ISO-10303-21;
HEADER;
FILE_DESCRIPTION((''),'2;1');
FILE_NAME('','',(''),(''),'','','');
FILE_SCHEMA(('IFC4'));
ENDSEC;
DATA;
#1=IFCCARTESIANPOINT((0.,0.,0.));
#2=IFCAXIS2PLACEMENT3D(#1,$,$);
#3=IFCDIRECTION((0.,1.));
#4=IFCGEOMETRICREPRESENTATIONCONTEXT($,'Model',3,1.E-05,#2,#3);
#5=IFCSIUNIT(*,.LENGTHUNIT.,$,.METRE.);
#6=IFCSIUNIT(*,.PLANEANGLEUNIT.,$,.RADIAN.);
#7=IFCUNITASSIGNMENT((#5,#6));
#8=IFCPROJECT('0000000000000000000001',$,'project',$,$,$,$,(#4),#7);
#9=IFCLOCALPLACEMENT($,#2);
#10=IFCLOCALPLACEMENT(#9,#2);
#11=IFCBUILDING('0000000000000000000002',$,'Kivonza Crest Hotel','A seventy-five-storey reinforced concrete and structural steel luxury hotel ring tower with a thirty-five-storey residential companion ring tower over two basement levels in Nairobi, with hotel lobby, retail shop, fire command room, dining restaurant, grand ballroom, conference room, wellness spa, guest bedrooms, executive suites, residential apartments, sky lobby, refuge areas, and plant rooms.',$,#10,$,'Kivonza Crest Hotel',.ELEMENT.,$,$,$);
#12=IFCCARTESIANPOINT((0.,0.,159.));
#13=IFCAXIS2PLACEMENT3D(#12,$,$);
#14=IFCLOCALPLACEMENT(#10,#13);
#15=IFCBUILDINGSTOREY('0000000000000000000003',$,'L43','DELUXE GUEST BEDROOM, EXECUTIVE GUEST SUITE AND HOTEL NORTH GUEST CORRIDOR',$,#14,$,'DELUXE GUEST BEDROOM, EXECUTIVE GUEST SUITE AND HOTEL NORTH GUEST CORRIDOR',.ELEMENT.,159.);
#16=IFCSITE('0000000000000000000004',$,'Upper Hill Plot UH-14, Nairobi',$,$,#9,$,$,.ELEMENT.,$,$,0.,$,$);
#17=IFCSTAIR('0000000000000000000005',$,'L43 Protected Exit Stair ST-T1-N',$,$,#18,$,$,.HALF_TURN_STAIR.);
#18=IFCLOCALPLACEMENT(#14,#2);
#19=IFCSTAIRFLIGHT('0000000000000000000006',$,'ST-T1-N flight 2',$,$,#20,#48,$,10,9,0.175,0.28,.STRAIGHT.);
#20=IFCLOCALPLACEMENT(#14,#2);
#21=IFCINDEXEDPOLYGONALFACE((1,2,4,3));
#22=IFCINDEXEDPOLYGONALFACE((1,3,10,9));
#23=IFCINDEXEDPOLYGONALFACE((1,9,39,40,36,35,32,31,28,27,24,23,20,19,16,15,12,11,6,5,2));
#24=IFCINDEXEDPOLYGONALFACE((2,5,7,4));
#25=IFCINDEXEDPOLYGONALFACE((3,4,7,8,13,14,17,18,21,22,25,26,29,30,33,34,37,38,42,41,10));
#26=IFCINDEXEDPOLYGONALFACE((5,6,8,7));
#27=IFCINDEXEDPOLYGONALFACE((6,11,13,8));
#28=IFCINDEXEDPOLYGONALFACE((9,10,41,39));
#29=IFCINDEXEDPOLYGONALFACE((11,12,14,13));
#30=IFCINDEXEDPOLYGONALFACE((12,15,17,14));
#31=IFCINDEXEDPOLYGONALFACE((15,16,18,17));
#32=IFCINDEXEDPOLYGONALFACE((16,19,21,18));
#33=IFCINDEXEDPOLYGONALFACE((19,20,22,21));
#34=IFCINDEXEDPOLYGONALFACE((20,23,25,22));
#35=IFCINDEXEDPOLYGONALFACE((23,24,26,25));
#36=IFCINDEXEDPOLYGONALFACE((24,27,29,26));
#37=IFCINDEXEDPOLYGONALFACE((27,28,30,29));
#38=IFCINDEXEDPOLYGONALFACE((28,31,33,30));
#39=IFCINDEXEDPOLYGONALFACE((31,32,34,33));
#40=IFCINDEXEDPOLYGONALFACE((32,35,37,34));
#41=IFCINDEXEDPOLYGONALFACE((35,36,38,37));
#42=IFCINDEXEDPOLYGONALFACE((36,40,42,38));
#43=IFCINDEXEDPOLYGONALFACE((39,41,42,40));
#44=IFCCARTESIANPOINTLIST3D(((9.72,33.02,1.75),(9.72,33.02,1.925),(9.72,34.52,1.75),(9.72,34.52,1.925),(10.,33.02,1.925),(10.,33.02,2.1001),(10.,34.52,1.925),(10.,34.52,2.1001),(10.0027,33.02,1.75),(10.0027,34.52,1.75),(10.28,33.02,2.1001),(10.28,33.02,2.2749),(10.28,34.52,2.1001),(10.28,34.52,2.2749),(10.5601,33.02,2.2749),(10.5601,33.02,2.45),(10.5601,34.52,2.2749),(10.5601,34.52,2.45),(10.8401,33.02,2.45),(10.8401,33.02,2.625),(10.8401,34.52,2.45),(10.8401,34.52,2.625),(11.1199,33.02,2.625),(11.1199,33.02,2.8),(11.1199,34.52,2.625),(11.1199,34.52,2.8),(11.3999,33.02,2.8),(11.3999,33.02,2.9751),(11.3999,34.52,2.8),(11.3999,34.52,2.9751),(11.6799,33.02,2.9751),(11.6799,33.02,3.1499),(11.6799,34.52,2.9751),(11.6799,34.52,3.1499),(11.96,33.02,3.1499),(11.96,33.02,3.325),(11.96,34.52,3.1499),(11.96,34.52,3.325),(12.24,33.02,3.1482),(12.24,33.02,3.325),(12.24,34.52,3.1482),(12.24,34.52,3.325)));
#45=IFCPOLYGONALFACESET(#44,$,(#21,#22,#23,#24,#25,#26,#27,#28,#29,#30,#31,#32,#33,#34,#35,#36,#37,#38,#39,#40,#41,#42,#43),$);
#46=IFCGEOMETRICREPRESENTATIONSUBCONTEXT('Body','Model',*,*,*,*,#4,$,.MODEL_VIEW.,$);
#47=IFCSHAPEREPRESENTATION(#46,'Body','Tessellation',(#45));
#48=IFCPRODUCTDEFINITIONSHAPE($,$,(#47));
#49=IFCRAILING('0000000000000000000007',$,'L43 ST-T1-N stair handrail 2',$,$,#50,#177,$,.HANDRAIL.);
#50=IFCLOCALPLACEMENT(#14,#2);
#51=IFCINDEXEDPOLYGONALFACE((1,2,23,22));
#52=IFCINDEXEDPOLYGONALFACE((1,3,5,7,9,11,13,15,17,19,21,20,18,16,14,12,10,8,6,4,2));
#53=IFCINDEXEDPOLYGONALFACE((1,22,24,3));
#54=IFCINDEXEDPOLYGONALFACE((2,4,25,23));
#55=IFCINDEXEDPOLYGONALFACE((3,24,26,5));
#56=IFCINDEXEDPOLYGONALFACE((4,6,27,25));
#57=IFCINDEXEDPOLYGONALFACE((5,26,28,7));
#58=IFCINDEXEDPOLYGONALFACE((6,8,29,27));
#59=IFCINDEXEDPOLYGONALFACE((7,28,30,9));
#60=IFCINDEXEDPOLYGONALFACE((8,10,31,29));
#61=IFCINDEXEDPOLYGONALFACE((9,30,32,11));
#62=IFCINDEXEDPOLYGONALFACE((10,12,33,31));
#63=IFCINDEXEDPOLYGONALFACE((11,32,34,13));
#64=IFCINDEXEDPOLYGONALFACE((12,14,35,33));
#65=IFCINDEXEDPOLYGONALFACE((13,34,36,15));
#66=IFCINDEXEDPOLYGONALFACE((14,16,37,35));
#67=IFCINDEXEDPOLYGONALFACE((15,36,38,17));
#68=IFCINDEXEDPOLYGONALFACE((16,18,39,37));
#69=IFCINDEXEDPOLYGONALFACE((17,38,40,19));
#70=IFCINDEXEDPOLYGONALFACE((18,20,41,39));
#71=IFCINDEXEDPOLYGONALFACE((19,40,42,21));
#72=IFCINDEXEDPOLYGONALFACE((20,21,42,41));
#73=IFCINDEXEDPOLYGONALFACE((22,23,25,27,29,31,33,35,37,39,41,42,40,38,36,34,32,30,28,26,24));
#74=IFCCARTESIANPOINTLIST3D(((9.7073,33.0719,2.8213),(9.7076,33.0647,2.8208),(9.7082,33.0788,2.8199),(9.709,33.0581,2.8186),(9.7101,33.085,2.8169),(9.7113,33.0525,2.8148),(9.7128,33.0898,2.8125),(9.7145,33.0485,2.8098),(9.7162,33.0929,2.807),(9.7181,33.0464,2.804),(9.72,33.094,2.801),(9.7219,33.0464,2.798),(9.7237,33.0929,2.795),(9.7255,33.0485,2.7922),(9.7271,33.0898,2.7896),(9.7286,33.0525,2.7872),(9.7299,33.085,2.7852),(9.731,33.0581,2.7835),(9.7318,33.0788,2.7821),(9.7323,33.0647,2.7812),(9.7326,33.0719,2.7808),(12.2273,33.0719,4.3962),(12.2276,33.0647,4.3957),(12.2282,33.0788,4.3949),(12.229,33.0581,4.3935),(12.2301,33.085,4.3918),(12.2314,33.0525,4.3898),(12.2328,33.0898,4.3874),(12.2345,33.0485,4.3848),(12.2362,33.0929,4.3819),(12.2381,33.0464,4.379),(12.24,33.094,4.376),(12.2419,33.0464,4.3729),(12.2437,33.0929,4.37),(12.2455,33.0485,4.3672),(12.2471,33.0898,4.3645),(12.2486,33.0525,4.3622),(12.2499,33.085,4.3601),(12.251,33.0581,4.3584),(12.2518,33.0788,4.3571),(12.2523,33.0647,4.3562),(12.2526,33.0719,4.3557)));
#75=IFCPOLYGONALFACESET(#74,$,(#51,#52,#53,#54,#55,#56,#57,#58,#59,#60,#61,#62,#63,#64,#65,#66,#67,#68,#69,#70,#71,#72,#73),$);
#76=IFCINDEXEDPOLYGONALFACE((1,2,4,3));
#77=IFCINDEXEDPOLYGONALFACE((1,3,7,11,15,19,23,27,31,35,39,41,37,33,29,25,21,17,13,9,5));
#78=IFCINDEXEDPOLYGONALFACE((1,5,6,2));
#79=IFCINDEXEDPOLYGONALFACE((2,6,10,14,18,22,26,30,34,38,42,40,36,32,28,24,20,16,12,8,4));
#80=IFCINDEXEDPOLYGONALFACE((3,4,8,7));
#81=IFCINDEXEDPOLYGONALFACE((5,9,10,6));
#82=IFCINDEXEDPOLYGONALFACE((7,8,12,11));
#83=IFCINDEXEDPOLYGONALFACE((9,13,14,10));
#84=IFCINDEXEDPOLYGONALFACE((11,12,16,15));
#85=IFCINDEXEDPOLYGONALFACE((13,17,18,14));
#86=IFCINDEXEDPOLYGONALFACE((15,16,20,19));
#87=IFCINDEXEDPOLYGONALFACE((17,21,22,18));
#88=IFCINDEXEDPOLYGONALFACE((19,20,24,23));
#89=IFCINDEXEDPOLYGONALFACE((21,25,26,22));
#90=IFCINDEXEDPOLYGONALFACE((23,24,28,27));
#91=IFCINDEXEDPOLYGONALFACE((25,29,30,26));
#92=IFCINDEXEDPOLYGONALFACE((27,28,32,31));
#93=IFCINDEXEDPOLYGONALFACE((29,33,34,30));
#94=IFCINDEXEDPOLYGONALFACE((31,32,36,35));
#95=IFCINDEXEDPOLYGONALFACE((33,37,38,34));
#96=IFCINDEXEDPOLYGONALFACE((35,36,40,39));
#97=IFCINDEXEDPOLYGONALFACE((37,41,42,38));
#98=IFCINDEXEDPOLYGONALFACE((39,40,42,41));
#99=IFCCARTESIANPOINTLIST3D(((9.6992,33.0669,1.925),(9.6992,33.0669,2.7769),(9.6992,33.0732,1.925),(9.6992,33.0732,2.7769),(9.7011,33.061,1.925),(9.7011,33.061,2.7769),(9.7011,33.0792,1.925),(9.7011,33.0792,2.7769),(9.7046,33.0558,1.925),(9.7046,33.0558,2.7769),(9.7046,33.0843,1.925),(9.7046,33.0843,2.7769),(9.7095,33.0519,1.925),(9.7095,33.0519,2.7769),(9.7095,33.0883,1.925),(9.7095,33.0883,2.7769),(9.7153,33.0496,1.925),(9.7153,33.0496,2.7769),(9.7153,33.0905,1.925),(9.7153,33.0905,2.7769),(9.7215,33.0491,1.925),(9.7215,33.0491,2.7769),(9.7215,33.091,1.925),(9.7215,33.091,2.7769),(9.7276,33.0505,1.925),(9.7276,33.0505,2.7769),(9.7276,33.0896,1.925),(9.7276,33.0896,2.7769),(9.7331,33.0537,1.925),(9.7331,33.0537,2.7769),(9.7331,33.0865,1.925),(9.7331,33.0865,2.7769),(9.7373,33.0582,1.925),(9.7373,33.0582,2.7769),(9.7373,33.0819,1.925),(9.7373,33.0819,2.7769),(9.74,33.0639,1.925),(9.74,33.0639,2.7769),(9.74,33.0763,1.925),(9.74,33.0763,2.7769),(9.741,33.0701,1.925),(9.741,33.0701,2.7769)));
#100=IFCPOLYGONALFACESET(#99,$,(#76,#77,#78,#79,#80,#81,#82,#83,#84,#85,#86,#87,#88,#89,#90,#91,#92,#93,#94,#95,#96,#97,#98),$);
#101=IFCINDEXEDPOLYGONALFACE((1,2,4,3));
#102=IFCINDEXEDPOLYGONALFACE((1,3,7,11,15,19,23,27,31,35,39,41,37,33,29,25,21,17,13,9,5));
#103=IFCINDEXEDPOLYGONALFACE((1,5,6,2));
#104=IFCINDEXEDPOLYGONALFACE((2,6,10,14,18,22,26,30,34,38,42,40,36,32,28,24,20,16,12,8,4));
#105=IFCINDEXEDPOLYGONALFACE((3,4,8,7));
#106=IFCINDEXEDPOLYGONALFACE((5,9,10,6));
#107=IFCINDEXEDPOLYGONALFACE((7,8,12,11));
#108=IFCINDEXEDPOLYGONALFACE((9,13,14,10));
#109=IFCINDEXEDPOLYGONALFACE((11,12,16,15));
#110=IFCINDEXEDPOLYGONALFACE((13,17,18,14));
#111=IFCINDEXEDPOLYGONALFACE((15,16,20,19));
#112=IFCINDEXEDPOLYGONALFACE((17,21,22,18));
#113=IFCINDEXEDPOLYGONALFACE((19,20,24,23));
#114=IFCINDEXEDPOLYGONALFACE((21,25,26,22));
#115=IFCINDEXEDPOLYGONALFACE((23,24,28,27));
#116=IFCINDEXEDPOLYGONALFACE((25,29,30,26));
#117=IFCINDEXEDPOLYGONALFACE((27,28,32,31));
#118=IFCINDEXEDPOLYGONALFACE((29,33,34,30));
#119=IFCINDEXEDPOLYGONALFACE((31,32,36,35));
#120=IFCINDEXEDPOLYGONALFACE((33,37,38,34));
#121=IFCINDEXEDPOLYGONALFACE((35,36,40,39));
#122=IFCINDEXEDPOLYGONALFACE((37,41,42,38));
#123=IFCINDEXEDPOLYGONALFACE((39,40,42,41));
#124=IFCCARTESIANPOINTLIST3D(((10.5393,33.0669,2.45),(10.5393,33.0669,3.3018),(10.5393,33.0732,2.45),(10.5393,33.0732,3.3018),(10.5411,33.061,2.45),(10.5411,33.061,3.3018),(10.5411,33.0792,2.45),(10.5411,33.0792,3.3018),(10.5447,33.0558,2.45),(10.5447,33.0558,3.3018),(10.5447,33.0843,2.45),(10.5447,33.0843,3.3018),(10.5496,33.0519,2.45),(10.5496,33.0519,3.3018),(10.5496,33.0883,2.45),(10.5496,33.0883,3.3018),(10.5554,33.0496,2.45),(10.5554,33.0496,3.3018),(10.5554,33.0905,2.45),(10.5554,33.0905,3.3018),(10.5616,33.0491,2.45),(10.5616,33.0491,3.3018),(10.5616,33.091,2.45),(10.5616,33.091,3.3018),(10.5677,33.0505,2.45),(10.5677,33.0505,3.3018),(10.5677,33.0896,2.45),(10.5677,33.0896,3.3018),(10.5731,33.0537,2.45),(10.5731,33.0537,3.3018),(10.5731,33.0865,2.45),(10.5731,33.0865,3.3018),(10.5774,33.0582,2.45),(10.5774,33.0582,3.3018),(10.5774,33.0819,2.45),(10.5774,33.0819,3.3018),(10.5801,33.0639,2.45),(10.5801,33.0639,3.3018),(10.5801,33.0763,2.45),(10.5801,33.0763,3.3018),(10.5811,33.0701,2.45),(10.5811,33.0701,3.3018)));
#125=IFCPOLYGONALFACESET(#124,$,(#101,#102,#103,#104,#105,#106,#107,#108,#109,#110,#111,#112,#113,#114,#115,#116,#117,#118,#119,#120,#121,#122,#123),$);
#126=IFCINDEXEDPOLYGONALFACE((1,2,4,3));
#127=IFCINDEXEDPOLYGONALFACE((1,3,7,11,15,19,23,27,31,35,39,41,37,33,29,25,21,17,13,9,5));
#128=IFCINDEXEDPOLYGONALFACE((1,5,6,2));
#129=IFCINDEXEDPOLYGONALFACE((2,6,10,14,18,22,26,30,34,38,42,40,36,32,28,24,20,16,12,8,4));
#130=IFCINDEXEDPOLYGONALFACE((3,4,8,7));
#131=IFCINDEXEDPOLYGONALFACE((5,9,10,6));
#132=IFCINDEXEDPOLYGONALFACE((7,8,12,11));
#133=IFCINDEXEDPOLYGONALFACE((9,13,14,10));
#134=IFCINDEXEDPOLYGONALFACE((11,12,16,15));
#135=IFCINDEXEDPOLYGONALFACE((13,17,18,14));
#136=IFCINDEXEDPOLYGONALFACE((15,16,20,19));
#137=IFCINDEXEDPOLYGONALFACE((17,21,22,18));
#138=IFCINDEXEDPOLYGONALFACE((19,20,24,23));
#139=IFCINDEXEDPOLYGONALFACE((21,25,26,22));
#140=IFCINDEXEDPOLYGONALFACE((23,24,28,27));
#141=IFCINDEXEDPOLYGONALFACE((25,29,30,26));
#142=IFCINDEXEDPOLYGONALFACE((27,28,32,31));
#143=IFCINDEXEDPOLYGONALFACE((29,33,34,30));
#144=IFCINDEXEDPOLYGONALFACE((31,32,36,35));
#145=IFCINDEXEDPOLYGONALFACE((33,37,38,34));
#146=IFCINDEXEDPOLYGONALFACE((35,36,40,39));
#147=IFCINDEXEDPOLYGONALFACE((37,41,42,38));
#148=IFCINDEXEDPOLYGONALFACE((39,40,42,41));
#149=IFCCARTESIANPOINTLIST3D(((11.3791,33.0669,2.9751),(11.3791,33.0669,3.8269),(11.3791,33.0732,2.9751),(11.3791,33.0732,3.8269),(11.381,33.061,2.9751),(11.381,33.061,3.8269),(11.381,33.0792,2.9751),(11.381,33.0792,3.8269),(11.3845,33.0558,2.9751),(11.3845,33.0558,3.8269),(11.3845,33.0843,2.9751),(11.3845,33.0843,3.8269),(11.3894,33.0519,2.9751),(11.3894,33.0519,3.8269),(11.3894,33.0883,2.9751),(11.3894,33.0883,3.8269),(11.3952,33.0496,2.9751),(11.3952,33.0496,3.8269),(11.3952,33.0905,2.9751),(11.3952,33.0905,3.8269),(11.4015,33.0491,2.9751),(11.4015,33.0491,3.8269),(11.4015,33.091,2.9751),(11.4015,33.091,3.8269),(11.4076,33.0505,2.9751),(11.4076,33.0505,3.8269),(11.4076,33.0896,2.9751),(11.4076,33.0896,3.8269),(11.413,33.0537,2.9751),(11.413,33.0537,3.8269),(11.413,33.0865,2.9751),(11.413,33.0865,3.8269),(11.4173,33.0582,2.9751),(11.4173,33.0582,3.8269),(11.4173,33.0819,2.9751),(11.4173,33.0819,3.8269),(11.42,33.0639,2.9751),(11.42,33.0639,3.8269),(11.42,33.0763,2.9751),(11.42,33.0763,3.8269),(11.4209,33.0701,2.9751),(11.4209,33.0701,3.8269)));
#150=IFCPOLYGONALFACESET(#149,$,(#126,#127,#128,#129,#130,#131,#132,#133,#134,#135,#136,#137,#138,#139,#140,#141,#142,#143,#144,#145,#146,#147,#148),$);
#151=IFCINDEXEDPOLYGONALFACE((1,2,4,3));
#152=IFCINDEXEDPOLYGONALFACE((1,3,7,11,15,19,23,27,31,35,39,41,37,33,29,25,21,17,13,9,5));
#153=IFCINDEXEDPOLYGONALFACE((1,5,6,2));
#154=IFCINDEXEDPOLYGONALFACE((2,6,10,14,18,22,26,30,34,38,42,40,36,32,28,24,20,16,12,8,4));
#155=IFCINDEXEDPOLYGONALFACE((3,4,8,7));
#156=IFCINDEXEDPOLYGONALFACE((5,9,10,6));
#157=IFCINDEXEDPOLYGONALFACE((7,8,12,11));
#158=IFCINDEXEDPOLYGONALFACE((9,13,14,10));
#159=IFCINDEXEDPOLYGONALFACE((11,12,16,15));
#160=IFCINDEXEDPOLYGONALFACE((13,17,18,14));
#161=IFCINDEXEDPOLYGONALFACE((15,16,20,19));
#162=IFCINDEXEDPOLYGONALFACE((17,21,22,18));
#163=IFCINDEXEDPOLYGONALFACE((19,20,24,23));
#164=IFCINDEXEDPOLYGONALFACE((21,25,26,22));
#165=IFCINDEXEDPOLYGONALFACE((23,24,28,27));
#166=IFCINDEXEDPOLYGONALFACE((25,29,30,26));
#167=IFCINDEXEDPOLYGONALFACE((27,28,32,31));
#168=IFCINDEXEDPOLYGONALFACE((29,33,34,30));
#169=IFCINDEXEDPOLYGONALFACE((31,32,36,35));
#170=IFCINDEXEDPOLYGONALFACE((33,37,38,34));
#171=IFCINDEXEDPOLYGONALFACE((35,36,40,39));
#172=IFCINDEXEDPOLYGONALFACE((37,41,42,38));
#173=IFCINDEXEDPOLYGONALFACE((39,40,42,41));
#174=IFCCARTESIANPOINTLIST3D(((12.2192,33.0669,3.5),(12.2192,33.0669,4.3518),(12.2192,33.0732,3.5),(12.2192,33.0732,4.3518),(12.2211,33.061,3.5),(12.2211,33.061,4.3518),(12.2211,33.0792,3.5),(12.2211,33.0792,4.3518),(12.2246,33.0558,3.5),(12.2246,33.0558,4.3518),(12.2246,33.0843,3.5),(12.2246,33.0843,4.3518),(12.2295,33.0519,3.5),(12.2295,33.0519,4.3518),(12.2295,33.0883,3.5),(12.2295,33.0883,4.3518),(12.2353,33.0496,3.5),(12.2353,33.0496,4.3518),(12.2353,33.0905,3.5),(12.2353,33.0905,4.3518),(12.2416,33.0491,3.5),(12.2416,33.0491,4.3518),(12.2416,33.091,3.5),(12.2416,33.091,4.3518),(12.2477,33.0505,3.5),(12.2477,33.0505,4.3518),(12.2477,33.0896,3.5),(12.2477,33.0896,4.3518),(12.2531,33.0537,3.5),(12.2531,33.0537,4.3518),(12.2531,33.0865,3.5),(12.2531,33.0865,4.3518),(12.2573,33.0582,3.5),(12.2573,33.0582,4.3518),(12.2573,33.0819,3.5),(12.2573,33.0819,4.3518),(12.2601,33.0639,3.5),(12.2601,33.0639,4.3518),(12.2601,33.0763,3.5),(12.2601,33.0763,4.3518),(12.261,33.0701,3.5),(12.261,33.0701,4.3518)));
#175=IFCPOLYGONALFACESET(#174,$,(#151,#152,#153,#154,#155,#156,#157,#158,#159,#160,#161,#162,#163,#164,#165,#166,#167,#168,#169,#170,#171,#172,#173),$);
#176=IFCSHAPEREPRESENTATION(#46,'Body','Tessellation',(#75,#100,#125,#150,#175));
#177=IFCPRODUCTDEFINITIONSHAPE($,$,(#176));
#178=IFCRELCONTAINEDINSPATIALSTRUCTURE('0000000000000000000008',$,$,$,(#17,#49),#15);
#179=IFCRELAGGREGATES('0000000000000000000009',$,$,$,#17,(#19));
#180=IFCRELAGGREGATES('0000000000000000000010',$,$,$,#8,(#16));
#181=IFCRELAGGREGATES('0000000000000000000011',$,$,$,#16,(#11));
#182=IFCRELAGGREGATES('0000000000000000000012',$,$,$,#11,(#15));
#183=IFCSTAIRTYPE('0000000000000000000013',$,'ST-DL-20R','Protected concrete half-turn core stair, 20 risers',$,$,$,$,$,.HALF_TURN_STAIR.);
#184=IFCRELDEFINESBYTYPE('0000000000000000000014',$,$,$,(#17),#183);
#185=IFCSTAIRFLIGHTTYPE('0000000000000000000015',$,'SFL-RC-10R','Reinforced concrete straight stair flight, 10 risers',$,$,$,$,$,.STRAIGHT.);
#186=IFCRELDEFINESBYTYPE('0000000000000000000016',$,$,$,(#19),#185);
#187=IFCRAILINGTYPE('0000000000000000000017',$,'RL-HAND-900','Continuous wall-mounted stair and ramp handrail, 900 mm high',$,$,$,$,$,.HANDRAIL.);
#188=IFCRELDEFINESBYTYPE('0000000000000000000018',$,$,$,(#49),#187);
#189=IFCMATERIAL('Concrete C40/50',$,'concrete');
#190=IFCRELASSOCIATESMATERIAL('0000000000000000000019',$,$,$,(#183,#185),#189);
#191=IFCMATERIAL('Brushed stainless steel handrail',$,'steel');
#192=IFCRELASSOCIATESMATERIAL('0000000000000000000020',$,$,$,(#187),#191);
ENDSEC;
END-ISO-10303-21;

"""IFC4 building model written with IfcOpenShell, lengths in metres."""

from ifc_helpers import new_model, si_unit, direction, frame, origin, origin_2d, place, context, subcontext, project, spatial, polyline, circle, outline, extrude, material, type_object, element, aggregate, save


model = new_model("IFC4")

# Units and contexts
model_context = context("Model", 3, precision=1e-05, world=origin(), true_north=direction((0.0, 1.0)))
body_context = subcontext(model_context, "Body", "Model", "MODEL_VIEW")
ifc_project = project(units=[si_unit("LENGTHUNIT", "METRE"), si_unit("PLANEANGLEUNIT", "RADIAN")], contexts=[model_context])

# Site, building, storey
site_placement = place(None, origin())
site = spatial("IfcSite", under=ifc_project, at=site_placement, Name="Upper Hill Plot UH-14, Nairobi", CompositionType="ELEMENT", RefElevation=0.0)
building_placement = place(site_placement, origin())
building = spatial("IfcBuilding", under=site, at=building_placement, Name="Kivonza Crest Hotel", Description="A seventy-five-storey reinforced concrete and structural steel luxury hotel ring tower with a thirty-five-storey residential companion ring tower over two basement levels in Nairobi, with hotel lobby, retail shop, fire command room, dining restaurant, grand ballroom, conference room, wellness spa, guest bedrooms, executive suites, residential apartments, sky lobby, refuge areas, and plant rooms.", LongName="Kivonza Crest Hotel", CompositionType="ELEMENT")
storey_placement = place(building_placement, frame((0.0, 0.0, 159.0)))
storey = spatial("IfcBuildingStorey", under=building, at=storey_placement, Name="L43", Description="DELUXE GUEST BEDROOM, EXECUTIVE GUEST SUITE AND HOTEL NORTH GUEST CORRIDOR", LongName="DELUXE GUEST BEDROOM, EXECUTIVE GUEST SUITE AND HOTEL NORTH GUEST CORRIDOR", CompositionType="ELEMENT", Elevation=159.0)

# Stair, stair flight
ifc_material_1 = material(Name="Concrete C40/50", Category="concrete")
stair_type = type_object("IfcStairType", Name="ST-DL-20R", Description="Protected concrete half-turn core stair, 20 risers", PredefinedType="HALF_TURN_STAIR", material=ifc_material_1)
stair_placement = place(storey_placement, origin())
stair = element("IfcStair", 1, at=stair_placement, inside=storey, type_object=stair_type, Name="L43 Protected Exit Stair ST-T1-N", PredefinedType="HALF_TURN_STAIR")
stair_flight_type = type_object("IfcStairFlightType", Name="SFL-RC-10R", Description="Reinforced concrete straight stair flight, 10 risers", PredefinedType="STRAIGHT", material=ifc_material_1)
stair_flight_placement = place(storey_placement, frame((9.72, 33.77, 1.75), z_axis=(0.0, 0.0, 1.0), x_axis=(1.0, 0.0, 0.0)))
stair_flight = element("IfcStairFlight", 2, at=stair_flight_placement, type_object=stair_flight_type, Name="ST-T1-N flight 2", NumberOfRisers=10, NumberOfTreads=9, PredefinedType="STRAIGHT", RiserHeight=0.175, TreadLength=0.28, context=body_context, shape_type="SweptSolid", body=[
    extrude(outline(polyline([(0.0, 0.0), (0.0, 0.175), (0.28, 0.175), (0.28, 0.3501), (0.5601, 0.3501), (0.5601, 0.5249), (0.8401, 0.5249), (0.8401, 0.7), (1.1201, 0.7), (1.1201, 0.875), (1.3999, 0.875), (1.3999, 1.05), (1.6799, 1.05), (1.6799, 1.2251), (1.96, 1.2251), (1.96, 1.3999), (2.24, 1.3999), (2.24, 1.575), (2.52, 1.575), (2.52, 1.75), (2.52, 1.3982), (0.2827, 0.0), (0.0, 0.0)])), frame((0.0, 0.75, 0.0), z_axis=(0.0, -1.0, 0.0), x_axis=(1.0, 0.0, 0.0)), (0.0, 0.0, 1.0), 1.5),
])
aggregate(stair, [stair_flight])

# Railing
ifc_material_2 = material(Name="Brushed stainless steel handrail", Category="steel")
railing_type_1 = type_object("IfcRailingType", Name="RL-HAND-900", Description="Continuous wall-mounted stair and ramp handrail, 900 mm high", PredefinedType="HANDRAIL", material=ifc_material_2)
railing_1_placement = place(storey_placement, frame((9.72, 33.0701, 1.925)))
element("IfcRailing", 3, at=railing_1_placement, inside=storey, type_object=railing_type_1, Name="L43 ST-T1-N stair handrail 2", PredefinedType="HANDRAIL", context=body_context, shape_type="SweptSolid", body=[
    extrude(circle(Radius=0.0239, at=origin_2d()), frame((0.0, 0.0, 0.876), z_axis=(0.848008, 0.0, 0.529984), x_axis=(0.0, 1.0, 0.0)), (0.0, 0.0, 1.0), 2.9717),
    extrude(circle(Radius=0.021, at=origin_2d()), origin(), (0.0, 0.0, 1.0), 0.8518),
    extrude(circle(Radius=0.021, at=origin_2d()), frame((0.8401, 0.0, 0.5249)), (0.0, 0.0, 1.0), 0.8518),
    extrude(circle(Radius=0.021, at=origin_2d()), frame((1.6799, 0.0, 1.05)), (0.0, 0.0, 1.0), 0.8518),
    extrude(circle(Radius=0.021, at=origin_2d()), frame((2.52, 0.0, 1.575)), (0.0, 0.0, 1.0), 0.8518),
])

save(model, "model.ifc")
